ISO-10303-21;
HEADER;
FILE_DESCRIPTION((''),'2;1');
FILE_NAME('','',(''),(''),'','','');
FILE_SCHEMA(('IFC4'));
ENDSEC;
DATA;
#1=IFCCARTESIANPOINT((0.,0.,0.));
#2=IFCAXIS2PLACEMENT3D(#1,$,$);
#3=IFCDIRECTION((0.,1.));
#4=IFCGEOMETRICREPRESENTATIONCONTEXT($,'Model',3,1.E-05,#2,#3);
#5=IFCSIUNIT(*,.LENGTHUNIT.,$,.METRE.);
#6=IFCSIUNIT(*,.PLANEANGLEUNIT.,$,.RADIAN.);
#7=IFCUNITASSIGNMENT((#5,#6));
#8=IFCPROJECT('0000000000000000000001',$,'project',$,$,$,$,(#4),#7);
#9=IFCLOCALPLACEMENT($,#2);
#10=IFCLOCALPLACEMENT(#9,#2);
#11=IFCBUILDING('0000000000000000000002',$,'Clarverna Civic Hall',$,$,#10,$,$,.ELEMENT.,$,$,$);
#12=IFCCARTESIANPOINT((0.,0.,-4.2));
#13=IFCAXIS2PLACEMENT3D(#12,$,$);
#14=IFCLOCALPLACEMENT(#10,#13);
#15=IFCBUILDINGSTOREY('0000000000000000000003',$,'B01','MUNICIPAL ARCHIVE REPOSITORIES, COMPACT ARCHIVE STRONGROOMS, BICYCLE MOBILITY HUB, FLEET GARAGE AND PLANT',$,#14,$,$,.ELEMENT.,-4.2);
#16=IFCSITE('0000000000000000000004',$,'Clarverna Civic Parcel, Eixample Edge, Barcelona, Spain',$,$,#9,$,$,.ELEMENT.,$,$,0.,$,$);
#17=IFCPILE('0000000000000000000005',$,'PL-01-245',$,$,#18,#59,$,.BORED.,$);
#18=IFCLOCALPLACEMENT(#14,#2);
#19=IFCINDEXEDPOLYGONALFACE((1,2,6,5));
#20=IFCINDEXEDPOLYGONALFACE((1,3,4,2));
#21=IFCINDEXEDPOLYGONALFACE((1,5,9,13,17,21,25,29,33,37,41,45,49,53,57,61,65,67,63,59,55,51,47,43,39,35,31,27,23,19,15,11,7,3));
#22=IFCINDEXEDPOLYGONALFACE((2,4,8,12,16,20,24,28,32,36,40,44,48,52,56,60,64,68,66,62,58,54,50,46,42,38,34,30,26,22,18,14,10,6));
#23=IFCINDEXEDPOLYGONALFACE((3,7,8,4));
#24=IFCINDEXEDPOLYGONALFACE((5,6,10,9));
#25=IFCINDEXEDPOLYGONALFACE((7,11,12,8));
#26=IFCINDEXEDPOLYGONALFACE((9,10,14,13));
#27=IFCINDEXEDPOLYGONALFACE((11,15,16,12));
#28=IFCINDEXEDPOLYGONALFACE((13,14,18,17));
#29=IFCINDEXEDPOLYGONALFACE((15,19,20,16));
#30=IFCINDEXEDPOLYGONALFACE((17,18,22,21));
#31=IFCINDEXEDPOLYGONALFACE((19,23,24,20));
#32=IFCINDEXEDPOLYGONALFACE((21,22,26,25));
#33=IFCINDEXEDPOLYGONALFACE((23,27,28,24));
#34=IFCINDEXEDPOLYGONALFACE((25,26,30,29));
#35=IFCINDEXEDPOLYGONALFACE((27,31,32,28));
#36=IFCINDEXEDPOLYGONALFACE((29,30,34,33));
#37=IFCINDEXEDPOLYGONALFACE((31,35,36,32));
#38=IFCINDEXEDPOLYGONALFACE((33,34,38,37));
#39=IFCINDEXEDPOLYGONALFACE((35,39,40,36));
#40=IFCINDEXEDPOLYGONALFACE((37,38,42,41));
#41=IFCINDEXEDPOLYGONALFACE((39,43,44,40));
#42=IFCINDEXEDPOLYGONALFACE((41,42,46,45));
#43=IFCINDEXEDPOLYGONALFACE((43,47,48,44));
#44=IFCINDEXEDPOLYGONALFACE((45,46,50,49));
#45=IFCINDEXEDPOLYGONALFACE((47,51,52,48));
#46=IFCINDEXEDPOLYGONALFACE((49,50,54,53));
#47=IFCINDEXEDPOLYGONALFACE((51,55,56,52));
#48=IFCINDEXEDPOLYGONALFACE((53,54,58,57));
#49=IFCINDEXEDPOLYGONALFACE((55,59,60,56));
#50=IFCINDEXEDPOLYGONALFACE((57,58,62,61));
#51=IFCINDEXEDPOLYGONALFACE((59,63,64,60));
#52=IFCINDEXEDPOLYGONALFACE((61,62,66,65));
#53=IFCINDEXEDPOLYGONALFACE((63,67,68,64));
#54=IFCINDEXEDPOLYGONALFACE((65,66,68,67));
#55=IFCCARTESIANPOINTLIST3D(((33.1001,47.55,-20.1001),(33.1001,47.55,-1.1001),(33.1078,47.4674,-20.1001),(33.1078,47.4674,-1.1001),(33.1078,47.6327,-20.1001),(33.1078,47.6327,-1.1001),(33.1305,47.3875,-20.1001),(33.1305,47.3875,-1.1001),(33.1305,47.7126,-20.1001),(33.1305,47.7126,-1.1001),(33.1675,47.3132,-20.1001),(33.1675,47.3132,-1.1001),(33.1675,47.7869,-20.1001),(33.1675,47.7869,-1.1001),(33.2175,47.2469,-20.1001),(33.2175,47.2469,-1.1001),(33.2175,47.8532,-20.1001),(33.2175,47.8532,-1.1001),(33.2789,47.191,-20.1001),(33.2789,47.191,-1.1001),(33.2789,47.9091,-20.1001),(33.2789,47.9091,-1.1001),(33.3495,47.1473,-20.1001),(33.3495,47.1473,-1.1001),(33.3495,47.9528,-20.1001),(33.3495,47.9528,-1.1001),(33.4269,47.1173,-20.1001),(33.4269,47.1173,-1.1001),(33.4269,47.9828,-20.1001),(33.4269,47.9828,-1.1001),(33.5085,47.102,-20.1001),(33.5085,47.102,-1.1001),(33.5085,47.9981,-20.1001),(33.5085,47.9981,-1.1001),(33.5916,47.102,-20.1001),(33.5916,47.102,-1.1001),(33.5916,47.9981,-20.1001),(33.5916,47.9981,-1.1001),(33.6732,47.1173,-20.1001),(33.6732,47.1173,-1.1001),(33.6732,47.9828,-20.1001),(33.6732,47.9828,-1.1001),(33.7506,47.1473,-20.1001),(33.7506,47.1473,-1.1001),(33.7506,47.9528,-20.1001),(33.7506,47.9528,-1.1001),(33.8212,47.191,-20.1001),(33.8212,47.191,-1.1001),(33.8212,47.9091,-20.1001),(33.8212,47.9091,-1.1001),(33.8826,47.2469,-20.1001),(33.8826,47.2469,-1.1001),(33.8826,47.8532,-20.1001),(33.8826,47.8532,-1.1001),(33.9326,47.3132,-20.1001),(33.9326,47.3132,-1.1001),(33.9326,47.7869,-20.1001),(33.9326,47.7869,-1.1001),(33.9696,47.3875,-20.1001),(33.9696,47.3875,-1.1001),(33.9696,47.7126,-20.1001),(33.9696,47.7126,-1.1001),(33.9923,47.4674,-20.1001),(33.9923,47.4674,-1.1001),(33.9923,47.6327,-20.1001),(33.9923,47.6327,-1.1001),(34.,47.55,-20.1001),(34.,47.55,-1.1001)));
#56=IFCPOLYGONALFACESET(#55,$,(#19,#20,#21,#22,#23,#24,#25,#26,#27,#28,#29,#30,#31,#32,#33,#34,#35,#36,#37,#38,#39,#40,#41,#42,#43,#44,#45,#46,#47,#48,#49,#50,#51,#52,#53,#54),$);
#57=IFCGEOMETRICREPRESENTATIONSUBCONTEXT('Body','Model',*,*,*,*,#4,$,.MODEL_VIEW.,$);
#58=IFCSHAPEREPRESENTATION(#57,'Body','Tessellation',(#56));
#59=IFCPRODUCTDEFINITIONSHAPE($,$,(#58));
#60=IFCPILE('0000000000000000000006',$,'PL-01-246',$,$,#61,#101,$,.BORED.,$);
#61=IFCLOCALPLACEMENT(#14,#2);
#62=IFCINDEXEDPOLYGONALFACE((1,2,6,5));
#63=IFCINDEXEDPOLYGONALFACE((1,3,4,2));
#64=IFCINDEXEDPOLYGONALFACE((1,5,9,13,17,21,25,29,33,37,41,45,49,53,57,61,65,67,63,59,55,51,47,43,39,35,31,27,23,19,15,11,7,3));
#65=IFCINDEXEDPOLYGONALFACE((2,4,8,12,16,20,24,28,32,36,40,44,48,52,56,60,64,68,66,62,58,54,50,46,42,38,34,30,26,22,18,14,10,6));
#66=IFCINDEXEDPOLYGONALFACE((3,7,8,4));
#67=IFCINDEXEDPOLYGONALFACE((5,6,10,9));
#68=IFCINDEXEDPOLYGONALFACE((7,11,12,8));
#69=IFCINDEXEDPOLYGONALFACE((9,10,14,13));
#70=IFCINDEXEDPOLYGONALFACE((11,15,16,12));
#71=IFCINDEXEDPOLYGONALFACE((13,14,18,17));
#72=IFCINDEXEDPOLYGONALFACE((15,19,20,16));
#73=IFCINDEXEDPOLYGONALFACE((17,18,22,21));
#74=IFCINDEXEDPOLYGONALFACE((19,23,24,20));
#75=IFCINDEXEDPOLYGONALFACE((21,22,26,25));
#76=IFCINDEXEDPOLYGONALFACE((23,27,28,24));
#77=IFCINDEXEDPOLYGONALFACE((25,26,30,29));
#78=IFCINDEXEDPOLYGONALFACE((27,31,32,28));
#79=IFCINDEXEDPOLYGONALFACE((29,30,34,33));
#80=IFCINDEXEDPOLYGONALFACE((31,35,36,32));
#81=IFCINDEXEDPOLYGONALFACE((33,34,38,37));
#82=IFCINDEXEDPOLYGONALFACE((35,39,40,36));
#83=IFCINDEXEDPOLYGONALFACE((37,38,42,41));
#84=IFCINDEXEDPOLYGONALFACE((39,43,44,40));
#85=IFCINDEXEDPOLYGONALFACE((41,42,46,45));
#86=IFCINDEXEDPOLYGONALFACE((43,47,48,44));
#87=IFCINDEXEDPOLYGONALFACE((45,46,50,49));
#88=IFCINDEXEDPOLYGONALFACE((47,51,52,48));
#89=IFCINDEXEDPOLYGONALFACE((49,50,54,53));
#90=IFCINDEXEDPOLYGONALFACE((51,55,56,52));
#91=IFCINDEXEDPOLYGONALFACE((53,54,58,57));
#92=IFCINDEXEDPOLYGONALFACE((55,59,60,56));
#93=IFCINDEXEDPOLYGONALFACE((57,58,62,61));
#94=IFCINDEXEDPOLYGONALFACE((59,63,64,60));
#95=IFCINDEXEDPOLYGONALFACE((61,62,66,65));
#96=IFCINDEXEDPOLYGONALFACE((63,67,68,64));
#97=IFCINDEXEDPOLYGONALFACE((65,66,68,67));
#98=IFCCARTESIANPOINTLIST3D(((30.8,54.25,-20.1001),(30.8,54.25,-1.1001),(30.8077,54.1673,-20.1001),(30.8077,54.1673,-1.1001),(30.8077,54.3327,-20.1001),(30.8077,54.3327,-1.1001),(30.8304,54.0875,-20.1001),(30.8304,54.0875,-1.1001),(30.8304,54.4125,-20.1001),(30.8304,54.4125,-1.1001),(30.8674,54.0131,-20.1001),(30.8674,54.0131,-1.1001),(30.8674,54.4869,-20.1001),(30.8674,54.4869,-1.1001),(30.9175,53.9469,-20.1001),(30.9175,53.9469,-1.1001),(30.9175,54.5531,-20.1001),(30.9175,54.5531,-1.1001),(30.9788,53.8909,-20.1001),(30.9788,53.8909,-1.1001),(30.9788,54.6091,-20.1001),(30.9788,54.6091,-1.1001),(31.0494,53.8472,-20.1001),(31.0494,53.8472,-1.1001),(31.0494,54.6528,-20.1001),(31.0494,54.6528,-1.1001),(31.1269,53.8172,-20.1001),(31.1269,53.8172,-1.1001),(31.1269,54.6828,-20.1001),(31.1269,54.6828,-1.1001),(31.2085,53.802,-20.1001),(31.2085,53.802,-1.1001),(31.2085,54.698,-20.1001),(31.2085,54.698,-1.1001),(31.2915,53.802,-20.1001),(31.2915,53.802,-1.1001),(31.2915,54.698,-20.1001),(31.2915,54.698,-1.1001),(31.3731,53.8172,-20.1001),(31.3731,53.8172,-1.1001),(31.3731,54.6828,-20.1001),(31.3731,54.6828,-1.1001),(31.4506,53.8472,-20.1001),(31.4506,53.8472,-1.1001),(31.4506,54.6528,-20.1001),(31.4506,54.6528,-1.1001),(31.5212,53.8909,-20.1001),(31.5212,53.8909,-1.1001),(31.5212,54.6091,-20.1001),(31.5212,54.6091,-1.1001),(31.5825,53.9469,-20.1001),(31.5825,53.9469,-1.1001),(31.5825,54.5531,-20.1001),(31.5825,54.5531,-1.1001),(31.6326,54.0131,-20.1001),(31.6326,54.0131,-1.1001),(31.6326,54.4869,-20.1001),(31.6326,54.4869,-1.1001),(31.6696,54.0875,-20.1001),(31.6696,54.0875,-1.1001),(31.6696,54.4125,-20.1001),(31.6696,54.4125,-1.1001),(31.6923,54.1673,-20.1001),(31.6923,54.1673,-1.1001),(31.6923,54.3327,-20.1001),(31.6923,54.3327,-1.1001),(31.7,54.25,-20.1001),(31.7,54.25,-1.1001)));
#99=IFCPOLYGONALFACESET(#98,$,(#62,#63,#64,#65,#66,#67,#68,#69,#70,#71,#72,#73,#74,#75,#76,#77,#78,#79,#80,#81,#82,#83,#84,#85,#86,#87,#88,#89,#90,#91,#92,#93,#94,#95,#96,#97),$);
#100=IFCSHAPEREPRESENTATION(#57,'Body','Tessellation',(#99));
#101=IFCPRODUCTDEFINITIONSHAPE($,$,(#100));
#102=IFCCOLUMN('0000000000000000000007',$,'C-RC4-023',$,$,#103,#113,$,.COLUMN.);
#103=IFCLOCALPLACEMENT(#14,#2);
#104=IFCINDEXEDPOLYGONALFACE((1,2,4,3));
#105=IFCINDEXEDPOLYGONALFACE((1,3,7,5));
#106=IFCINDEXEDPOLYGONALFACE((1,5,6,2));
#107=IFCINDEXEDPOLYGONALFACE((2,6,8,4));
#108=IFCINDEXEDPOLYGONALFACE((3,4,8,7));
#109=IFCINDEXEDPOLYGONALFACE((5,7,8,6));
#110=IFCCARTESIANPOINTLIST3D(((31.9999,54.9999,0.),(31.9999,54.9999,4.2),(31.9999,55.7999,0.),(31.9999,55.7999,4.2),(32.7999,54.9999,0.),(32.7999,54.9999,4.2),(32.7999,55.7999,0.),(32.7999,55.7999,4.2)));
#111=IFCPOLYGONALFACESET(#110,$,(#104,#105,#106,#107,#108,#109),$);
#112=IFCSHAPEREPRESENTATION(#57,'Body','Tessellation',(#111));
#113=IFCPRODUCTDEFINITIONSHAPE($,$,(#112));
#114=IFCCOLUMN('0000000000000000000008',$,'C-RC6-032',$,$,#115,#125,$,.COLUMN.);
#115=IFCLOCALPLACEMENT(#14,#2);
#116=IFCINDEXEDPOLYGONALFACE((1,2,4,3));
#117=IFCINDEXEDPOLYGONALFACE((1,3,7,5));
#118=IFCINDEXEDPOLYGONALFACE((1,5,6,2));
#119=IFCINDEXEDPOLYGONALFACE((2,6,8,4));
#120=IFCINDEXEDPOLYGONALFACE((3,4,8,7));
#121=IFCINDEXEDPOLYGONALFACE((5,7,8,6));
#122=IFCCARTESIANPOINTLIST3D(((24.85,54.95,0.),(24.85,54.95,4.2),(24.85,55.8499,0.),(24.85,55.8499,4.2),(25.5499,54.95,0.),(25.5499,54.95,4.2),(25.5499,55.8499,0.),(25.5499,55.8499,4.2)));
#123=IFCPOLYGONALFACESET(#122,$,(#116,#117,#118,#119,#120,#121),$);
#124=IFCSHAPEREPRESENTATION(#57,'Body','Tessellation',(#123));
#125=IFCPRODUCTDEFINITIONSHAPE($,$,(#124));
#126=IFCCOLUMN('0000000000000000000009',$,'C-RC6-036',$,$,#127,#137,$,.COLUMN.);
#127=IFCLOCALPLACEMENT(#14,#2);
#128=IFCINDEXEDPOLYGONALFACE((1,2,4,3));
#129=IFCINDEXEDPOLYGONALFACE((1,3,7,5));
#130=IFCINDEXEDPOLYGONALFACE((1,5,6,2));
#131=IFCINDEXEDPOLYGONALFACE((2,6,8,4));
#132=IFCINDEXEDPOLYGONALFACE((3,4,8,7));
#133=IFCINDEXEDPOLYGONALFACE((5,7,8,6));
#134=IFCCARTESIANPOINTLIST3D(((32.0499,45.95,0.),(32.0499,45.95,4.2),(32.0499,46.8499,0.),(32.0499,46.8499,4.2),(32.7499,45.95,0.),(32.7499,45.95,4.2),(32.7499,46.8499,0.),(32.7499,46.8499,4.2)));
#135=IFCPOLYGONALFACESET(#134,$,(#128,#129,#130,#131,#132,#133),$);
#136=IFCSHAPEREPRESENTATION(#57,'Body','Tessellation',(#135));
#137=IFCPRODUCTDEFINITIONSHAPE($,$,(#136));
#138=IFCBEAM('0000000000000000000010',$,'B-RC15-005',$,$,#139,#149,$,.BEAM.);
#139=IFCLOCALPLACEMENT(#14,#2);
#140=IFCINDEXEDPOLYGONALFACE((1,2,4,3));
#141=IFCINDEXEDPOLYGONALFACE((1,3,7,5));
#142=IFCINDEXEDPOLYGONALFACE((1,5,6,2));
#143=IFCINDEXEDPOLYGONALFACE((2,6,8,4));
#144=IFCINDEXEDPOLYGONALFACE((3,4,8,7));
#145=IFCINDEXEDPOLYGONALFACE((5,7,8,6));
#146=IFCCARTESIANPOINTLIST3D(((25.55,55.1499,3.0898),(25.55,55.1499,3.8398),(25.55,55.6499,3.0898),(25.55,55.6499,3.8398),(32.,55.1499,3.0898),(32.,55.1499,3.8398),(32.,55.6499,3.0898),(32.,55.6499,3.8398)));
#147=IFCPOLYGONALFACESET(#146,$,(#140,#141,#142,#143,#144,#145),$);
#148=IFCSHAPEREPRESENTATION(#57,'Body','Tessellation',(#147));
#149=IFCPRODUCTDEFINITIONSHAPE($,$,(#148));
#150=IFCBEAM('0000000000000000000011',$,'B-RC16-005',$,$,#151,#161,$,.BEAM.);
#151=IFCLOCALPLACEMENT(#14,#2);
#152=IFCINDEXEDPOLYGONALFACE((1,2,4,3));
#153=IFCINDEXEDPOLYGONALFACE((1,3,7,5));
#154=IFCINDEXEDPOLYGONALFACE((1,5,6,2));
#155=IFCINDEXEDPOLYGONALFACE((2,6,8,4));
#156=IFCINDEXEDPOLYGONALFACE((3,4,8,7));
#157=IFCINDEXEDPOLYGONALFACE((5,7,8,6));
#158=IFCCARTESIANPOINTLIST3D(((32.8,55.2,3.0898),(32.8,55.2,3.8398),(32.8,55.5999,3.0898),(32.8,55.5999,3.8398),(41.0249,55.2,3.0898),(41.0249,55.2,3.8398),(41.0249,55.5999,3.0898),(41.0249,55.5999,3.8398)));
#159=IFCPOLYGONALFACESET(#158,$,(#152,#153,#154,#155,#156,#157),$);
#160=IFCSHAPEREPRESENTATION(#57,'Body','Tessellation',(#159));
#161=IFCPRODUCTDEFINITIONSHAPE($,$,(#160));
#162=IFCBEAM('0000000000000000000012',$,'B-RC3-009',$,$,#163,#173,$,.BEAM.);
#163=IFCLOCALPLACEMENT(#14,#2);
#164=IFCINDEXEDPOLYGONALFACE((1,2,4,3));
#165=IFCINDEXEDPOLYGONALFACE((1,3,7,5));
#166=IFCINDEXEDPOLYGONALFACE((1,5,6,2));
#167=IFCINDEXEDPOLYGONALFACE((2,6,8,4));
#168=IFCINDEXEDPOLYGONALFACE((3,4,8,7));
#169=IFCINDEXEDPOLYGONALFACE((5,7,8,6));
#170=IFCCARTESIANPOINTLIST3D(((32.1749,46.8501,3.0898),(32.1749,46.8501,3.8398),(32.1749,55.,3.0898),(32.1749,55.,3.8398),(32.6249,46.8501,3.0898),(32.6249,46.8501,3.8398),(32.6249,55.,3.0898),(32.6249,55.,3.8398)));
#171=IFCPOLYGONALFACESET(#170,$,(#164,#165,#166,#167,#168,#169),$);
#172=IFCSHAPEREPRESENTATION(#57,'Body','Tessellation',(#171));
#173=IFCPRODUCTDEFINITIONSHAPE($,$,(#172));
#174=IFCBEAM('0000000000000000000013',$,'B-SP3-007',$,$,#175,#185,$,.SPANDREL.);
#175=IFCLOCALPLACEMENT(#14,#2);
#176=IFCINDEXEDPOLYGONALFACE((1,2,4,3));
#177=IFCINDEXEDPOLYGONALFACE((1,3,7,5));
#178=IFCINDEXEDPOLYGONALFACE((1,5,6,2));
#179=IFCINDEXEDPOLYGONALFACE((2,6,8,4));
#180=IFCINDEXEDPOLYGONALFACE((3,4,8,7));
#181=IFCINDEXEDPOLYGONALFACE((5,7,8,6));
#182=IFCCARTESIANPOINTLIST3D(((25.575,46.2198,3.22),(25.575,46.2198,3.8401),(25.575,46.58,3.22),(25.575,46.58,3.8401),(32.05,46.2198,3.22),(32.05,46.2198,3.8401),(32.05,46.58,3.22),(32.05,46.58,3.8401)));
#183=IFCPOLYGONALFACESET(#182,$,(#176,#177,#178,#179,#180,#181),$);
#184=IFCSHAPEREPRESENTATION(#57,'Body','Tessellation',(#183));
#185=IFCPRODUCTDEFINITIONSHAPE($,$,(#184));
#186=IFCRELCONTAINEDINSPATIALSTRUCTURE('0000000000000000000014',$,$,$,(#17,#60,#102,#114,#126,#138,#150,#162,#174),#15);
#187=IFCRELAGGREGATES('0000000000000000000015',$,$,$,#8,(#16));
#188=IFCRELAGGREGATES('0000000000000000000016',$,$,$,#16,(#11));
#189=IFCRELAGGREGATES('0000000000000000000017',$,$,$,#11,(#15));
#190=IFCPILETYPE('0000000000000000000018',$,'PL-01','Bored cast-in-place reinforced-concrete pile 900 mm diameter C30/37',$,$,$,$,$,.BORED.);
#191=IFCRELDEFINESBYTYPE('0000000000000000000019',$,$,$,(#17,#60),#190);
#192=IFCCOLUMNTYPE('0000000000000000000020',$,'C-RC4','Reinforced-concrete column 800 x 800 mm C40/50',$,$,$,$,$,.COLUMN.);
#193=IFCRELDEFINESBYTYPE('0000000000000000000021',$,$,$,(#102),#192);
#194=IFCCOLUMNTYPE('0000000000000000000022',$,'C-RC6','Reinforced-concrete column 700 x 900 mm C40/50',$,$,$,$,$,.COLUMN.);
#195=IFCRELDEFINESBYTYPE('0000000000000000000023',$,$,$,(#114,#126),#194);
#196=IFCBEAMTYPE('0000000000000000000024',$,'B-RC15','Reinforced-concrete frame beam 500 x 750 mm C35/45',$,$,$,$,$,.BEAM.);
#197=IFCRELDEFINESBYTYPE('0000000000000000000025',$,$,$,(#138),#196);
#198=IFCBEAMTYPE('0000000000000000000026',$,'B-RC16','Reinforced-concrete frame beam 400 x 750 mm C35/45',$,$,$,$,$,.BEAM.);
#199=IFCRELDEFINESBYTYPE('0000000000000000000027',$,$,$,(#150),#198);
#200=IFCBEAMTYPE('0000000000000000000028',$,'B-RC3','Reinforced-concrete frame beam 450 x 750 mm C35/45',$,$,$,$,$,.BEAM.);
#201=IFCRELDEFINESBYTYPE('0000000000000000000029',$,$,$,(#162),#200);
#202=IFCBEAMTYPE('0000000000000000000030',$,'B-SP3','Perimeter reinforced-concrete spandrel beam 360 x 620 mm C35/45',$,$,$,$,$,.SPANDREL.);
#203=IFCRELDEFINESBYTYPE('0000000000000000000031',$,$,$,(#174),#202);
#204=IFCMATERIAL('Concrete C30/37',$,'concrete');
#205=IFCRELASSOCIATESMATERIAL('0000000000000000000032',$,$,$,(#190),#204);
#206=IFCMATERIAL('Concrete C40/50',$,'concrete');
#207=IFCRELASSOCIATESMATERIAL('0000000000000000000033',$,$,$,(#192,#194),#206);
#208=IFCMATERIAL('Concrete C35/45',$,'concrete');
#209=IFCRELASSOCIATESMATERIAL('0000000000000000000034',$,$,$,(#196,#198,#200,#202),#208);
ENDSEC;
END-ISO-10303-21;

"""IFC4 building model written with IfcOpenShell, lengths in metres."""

from ifc_helpers import new_model, si_unit, direction, frame, origin, origin_2d, place, context, subcontext, project, spatial, rectangle, circle, extrude, material, material_profile, profile_set, type_object, element, save


model = new_model("IFC4")

# Units and contexts
model_context = context("Model", 3, precision=1e-05, world=origin(), true_north=direction((0.0, 1.0)))
body_context = subcontext(model_context, "Body", "Model", "MODEL_VIEW")
ifc_project = project(units=[si_unit("LENGTHUNIT", "METRE"), si_unit("PLANEANGLEUNIT", "RADIAN")], contexts=[model_context])

# Site, building, storey
site_placement = place(None, origin())
site = spatial("IfcSite", under=ifc_project, at=site_placement, Name="Clarverna Civic Parcel, Eixample Edge, Barcelona, Spain", CompositionType="ELEMENT", RefElevation=0.0)
building_placement = place(site_placement, origin())
building = spatial("IfcBuilding", under=site, at=building_placement, Name="Clarverna Civic Hall", CompositionType="ELEMENT")
storey_placement = place(building_placement, frame((0.0, 0.0, -4.2)))
storey = spatial("IfcBuildingStorey", under=building, at=storey_placement, Name="B01", Description="MUNICIPAL ARCHIVE REPOSITORIES, COMPACT ARCHIVE STRONGROOMS, BICYCLE MOBILITY HUB, FLEET GARAGE AND PLANT", CompositionType="ELEMENT", Elevation=-4.2)

# Shared definitions
ifc_material_1 = material(Name="Concrete C30/37", Category="concrete")

# Piles
ifc_material_profile_1 = material_profile(ifc_material_1, circle(Radius=0.45, at=origin_2d()), Name="BORED PILE D900")
ifc_profile_set_1 = profile_set([ifc_material_profile_1], Name="Concrete C30/37")
pile_type = type_object("IfcPileType", Name="PL-01", Description="Bored cast-in-place reinforced-concrete pile 900 mm diameter C30/37", PredefinedType="BORED", material=ifc_profile_set_1)
for number, where, z_axis, x_axis, name in (
    (1, (33.55, 47.55, -1.1001), (0.0, 0.0, -1.0), (1.0, 0.0, 0.0), "PL-01-245"),
    (2, (31.25, 54.25, -1.1001), (0.0, 0.0, -1.0), (1.0, 0.0, 0.0), "PL-01-246"),
):
    element("IfcPile", number, at=place(storey_placement, frame(where, z_axis=z_axis, x_axis=x_axis)), inside=storey, type_object=pile_type, Name=name, PredefinedType="BORED", context=body_context, shape_type="SweptSolid", body=[
        extrude(circle(Radius=0.45, at=origin_2d()), origin(), (0.0, 0.0, 1.0), 19.0),
    ])

# Columns
ifc_material_2 = material(Name="Concrete C40/50", Category="concrete")
ifc_material_profile_2 = material_profile(ifc_material_2, rectangle(XDim=0.8, YDim=0.8, at=origin_2d()), Name="RC 800x800")
ifc_profile_set_2 = profile_set([ifc_material_profile_2], Name="Concrete C40/50")
column_type_1 = type_object("IfcColumnType", Name="C-RC4", Description="Reinforced-concrete column 800 x 800 mm C40/50", PredefinedType="COLUMN", material=ifc_profile_set_2)
column_placement = place(storey_placement, frame((32.3999, 55.3999, 0.0), z_axis=(0.0, 0.0, 1.0), x_axis=(1.0, 0.0, 0.0)))
element("IfcColumn", 3, at=column_placement, inside=storey, type_object=column_type_1, Name="C-RC4-023", PredefinedType="COLUMN", context=body_context, shape_type="SweptSolid", body=[
    extrude(rectangle(XDim=0.8, YDim=0.8, at=origin_2d()), origin(), (0.0, 0.0, 1.0), 4.2),
])
ifc_material_profile_3 = material_profile(ifc_material_2, rectangle(XDim=0.7, YDim=0.8999, at=origin_2d()), Name="RC 700x900")
ifc_profile_set_3 = profile_set([ifc_material_profile_3], Name="Concrete C40/50")
column_type_2 = type_object("IfcColumnType", Name="C-RC6", Description="Reinforced-concrete column 700 x 900 mm C40/50", PredefinedType="COLUMN", material=ifc_profile_set_3)
for number, where, z_axis, x_axis, name in (
    (4, (25.2, 55.3999, 0.0), (0.0, 0.0, 1.0), (1.0, 0.0, 0.0), "C-RC6-032"),
    (5, (32.3999, 46.3999, 0.0), (0.0, 0.0, 1.0), (1.0, 0.0, 0.0), "C-RC6-036"),
):
    element("IfcColumn", number, at=place(storey_placement, frame(where, z_axis=z_axis, x_axis=x_axis)), inside=storey, type_object=column_type_2, Name=name, PredefinedType="COLUMN", context=body_context, shape_type="SweptSolid", body=[
        extrude(rectangle(XDim=0.7, YDim=0.8999, at=origin_2d()), origin(), (0.0, 0.0, 1.0), 4.2),
    ])

# Beams
ifc_material_3 = material(Name="Concrete C35/45", Category="concrete")
ifc_material_profile_4 = material_profile(ifc_material_3, rectangle(XDim=0.5, YDim=0.75, at=origin_2d()), Name="RC 500x750")
ifc_profile_set_4 = profile_set([ifc_material_profile_4], Name="Concrete C35/45")
beam_type_1 = type_object("IfcBeamType", Name="B-RC15", Description="Reinforced-concrete frame beam 500 x 750 mm C35/45", PredefinedType="BEAM", material=ifc_profile_set_4)
beam_1_placement = place(storey_placement, frame((25.55, 55.3999, 3.4648), z_axis=(1.0, 0.0, 0.0), x_axis=(0.0, 1.0, 0.0)))
element("IfcBeam", 6, at=beam_1_placement, inside=storey, type_object=beam_type_1, Name="B-RC15-005", PredefinedType="BEAM", context=body_context, shape_type="SweptSolid", body=[
    extrude(rectangle(XDim=0.5, YDim=0.75, at=origin_2d()), origin(), (0.0, 0.0, 1.0), 6.45),
])
ifc_material_profile_5 = material_profile(ifc_material_3, rectangle(XDim=0.3999, YDim=0.75, at=origin_2d()), Name="RC 400x750")
ifc_profile_set_5 = profile_set([ifc_material_profile_5], Name="Concrete C35/45")
beam_type_2 = type_object("IfcBeamType", Name="B-RC16", Description="Reinforced-concrete frame beam 400 x 750 mm C35/45", PredefinedType="BEAM", material=ifc_profile_set_5)
beam_2_placement = place(storey_placement, frame((32.8, 55.3999, 3.4648), z_axis=(1.0, 0.0, 0.0), x_axis=(0.0, 1.0, 0.0)))
element("IfcBeam", 7, at=beam_2_placement, inside=storey, type_object=beam_type_2, Name="B-RC16-005", PredefinedType="BEAM", context=body_context, shape_type="SweptSolid", body=[
    extrude(rectangle(XDim=0.3999, YDim=0.75, at=origin_2d()), origin(), (0.0, 0.0, 1.0), 8.2249),
])
ifc_material_profile_6 = material_profile(ifc_material_3, rectangle(XDim=0.45, YDim=0.75, at=origin_2d()), Name="RC 450x750")
ifc_profile_set_6 = profile_set([ifc_material_profile_6], Name="Concrete C35/45")
beam_type_3 = type_object("IfcBeamType", Name="B-RC3", Description="Reinforced-concrete frame beam 450 x 750 mm C35/45", PredefinedType="BEAM", material=ifc_profile_set_6)
beam_3_placement = place(storey_placement, frame((32.3999, 46.8501, 3.4648), z_axis=(0.0, 1.0, 0.0), x_axis=(-1.0, 0.0, 0.0)))
element("IfcBeam", 8, at=beam_3_placement, inside=storey, type_object=beam_type_3, Name="B-RC3-009", PredefinedType="BEAM", context=body_context, shape_type="SweptSolid", body=[
    extrude(rectangle(XDim=0.45, YDim=0.75, at=origin_2d()), origin(), (0.0, 0.0, 1.0), 8.1499),
])
ifc_material_profile_7 = material_profile(ifc_material_3, rectangle(XDim=0.3601, YDim=0.6201, at=origin_2d()), Name="RC 360x620")
ifc_profile_set_7 = profile_set([ifc_material_profile_7], Name="Concrete C35/45")
beam_type_4 = type_object("IfcBeamType", Name="B-SP3", Description="Perimeter reinforced-concrete spandrel beam 360 x 620 mm C35/45", PredefinedType="SPANDREL", material=ifc_profile_set_7)
beam_4_placement = place(storey_placement, frame((25.575, 46.3999, 3.53), z_axis=(1.0, 0.0, 0.0), x_axis=(0.0, 1.0, 0.0)))
element("IfcBeam", 9, at=beam_4_placement, inside=storey, type_object=beam_type_4, Name="B-SP3-007", PredefinedType="SPANDREL", context=body_context, shape_type="SweptSolid", body=[
    extrude(rectangle(XDim=0.3601, YDim=0.6201, at=origin_2d()), origin(), (0.0, 0.0, 1.0), 6.4751),
])

save(model, "model.ifc")
